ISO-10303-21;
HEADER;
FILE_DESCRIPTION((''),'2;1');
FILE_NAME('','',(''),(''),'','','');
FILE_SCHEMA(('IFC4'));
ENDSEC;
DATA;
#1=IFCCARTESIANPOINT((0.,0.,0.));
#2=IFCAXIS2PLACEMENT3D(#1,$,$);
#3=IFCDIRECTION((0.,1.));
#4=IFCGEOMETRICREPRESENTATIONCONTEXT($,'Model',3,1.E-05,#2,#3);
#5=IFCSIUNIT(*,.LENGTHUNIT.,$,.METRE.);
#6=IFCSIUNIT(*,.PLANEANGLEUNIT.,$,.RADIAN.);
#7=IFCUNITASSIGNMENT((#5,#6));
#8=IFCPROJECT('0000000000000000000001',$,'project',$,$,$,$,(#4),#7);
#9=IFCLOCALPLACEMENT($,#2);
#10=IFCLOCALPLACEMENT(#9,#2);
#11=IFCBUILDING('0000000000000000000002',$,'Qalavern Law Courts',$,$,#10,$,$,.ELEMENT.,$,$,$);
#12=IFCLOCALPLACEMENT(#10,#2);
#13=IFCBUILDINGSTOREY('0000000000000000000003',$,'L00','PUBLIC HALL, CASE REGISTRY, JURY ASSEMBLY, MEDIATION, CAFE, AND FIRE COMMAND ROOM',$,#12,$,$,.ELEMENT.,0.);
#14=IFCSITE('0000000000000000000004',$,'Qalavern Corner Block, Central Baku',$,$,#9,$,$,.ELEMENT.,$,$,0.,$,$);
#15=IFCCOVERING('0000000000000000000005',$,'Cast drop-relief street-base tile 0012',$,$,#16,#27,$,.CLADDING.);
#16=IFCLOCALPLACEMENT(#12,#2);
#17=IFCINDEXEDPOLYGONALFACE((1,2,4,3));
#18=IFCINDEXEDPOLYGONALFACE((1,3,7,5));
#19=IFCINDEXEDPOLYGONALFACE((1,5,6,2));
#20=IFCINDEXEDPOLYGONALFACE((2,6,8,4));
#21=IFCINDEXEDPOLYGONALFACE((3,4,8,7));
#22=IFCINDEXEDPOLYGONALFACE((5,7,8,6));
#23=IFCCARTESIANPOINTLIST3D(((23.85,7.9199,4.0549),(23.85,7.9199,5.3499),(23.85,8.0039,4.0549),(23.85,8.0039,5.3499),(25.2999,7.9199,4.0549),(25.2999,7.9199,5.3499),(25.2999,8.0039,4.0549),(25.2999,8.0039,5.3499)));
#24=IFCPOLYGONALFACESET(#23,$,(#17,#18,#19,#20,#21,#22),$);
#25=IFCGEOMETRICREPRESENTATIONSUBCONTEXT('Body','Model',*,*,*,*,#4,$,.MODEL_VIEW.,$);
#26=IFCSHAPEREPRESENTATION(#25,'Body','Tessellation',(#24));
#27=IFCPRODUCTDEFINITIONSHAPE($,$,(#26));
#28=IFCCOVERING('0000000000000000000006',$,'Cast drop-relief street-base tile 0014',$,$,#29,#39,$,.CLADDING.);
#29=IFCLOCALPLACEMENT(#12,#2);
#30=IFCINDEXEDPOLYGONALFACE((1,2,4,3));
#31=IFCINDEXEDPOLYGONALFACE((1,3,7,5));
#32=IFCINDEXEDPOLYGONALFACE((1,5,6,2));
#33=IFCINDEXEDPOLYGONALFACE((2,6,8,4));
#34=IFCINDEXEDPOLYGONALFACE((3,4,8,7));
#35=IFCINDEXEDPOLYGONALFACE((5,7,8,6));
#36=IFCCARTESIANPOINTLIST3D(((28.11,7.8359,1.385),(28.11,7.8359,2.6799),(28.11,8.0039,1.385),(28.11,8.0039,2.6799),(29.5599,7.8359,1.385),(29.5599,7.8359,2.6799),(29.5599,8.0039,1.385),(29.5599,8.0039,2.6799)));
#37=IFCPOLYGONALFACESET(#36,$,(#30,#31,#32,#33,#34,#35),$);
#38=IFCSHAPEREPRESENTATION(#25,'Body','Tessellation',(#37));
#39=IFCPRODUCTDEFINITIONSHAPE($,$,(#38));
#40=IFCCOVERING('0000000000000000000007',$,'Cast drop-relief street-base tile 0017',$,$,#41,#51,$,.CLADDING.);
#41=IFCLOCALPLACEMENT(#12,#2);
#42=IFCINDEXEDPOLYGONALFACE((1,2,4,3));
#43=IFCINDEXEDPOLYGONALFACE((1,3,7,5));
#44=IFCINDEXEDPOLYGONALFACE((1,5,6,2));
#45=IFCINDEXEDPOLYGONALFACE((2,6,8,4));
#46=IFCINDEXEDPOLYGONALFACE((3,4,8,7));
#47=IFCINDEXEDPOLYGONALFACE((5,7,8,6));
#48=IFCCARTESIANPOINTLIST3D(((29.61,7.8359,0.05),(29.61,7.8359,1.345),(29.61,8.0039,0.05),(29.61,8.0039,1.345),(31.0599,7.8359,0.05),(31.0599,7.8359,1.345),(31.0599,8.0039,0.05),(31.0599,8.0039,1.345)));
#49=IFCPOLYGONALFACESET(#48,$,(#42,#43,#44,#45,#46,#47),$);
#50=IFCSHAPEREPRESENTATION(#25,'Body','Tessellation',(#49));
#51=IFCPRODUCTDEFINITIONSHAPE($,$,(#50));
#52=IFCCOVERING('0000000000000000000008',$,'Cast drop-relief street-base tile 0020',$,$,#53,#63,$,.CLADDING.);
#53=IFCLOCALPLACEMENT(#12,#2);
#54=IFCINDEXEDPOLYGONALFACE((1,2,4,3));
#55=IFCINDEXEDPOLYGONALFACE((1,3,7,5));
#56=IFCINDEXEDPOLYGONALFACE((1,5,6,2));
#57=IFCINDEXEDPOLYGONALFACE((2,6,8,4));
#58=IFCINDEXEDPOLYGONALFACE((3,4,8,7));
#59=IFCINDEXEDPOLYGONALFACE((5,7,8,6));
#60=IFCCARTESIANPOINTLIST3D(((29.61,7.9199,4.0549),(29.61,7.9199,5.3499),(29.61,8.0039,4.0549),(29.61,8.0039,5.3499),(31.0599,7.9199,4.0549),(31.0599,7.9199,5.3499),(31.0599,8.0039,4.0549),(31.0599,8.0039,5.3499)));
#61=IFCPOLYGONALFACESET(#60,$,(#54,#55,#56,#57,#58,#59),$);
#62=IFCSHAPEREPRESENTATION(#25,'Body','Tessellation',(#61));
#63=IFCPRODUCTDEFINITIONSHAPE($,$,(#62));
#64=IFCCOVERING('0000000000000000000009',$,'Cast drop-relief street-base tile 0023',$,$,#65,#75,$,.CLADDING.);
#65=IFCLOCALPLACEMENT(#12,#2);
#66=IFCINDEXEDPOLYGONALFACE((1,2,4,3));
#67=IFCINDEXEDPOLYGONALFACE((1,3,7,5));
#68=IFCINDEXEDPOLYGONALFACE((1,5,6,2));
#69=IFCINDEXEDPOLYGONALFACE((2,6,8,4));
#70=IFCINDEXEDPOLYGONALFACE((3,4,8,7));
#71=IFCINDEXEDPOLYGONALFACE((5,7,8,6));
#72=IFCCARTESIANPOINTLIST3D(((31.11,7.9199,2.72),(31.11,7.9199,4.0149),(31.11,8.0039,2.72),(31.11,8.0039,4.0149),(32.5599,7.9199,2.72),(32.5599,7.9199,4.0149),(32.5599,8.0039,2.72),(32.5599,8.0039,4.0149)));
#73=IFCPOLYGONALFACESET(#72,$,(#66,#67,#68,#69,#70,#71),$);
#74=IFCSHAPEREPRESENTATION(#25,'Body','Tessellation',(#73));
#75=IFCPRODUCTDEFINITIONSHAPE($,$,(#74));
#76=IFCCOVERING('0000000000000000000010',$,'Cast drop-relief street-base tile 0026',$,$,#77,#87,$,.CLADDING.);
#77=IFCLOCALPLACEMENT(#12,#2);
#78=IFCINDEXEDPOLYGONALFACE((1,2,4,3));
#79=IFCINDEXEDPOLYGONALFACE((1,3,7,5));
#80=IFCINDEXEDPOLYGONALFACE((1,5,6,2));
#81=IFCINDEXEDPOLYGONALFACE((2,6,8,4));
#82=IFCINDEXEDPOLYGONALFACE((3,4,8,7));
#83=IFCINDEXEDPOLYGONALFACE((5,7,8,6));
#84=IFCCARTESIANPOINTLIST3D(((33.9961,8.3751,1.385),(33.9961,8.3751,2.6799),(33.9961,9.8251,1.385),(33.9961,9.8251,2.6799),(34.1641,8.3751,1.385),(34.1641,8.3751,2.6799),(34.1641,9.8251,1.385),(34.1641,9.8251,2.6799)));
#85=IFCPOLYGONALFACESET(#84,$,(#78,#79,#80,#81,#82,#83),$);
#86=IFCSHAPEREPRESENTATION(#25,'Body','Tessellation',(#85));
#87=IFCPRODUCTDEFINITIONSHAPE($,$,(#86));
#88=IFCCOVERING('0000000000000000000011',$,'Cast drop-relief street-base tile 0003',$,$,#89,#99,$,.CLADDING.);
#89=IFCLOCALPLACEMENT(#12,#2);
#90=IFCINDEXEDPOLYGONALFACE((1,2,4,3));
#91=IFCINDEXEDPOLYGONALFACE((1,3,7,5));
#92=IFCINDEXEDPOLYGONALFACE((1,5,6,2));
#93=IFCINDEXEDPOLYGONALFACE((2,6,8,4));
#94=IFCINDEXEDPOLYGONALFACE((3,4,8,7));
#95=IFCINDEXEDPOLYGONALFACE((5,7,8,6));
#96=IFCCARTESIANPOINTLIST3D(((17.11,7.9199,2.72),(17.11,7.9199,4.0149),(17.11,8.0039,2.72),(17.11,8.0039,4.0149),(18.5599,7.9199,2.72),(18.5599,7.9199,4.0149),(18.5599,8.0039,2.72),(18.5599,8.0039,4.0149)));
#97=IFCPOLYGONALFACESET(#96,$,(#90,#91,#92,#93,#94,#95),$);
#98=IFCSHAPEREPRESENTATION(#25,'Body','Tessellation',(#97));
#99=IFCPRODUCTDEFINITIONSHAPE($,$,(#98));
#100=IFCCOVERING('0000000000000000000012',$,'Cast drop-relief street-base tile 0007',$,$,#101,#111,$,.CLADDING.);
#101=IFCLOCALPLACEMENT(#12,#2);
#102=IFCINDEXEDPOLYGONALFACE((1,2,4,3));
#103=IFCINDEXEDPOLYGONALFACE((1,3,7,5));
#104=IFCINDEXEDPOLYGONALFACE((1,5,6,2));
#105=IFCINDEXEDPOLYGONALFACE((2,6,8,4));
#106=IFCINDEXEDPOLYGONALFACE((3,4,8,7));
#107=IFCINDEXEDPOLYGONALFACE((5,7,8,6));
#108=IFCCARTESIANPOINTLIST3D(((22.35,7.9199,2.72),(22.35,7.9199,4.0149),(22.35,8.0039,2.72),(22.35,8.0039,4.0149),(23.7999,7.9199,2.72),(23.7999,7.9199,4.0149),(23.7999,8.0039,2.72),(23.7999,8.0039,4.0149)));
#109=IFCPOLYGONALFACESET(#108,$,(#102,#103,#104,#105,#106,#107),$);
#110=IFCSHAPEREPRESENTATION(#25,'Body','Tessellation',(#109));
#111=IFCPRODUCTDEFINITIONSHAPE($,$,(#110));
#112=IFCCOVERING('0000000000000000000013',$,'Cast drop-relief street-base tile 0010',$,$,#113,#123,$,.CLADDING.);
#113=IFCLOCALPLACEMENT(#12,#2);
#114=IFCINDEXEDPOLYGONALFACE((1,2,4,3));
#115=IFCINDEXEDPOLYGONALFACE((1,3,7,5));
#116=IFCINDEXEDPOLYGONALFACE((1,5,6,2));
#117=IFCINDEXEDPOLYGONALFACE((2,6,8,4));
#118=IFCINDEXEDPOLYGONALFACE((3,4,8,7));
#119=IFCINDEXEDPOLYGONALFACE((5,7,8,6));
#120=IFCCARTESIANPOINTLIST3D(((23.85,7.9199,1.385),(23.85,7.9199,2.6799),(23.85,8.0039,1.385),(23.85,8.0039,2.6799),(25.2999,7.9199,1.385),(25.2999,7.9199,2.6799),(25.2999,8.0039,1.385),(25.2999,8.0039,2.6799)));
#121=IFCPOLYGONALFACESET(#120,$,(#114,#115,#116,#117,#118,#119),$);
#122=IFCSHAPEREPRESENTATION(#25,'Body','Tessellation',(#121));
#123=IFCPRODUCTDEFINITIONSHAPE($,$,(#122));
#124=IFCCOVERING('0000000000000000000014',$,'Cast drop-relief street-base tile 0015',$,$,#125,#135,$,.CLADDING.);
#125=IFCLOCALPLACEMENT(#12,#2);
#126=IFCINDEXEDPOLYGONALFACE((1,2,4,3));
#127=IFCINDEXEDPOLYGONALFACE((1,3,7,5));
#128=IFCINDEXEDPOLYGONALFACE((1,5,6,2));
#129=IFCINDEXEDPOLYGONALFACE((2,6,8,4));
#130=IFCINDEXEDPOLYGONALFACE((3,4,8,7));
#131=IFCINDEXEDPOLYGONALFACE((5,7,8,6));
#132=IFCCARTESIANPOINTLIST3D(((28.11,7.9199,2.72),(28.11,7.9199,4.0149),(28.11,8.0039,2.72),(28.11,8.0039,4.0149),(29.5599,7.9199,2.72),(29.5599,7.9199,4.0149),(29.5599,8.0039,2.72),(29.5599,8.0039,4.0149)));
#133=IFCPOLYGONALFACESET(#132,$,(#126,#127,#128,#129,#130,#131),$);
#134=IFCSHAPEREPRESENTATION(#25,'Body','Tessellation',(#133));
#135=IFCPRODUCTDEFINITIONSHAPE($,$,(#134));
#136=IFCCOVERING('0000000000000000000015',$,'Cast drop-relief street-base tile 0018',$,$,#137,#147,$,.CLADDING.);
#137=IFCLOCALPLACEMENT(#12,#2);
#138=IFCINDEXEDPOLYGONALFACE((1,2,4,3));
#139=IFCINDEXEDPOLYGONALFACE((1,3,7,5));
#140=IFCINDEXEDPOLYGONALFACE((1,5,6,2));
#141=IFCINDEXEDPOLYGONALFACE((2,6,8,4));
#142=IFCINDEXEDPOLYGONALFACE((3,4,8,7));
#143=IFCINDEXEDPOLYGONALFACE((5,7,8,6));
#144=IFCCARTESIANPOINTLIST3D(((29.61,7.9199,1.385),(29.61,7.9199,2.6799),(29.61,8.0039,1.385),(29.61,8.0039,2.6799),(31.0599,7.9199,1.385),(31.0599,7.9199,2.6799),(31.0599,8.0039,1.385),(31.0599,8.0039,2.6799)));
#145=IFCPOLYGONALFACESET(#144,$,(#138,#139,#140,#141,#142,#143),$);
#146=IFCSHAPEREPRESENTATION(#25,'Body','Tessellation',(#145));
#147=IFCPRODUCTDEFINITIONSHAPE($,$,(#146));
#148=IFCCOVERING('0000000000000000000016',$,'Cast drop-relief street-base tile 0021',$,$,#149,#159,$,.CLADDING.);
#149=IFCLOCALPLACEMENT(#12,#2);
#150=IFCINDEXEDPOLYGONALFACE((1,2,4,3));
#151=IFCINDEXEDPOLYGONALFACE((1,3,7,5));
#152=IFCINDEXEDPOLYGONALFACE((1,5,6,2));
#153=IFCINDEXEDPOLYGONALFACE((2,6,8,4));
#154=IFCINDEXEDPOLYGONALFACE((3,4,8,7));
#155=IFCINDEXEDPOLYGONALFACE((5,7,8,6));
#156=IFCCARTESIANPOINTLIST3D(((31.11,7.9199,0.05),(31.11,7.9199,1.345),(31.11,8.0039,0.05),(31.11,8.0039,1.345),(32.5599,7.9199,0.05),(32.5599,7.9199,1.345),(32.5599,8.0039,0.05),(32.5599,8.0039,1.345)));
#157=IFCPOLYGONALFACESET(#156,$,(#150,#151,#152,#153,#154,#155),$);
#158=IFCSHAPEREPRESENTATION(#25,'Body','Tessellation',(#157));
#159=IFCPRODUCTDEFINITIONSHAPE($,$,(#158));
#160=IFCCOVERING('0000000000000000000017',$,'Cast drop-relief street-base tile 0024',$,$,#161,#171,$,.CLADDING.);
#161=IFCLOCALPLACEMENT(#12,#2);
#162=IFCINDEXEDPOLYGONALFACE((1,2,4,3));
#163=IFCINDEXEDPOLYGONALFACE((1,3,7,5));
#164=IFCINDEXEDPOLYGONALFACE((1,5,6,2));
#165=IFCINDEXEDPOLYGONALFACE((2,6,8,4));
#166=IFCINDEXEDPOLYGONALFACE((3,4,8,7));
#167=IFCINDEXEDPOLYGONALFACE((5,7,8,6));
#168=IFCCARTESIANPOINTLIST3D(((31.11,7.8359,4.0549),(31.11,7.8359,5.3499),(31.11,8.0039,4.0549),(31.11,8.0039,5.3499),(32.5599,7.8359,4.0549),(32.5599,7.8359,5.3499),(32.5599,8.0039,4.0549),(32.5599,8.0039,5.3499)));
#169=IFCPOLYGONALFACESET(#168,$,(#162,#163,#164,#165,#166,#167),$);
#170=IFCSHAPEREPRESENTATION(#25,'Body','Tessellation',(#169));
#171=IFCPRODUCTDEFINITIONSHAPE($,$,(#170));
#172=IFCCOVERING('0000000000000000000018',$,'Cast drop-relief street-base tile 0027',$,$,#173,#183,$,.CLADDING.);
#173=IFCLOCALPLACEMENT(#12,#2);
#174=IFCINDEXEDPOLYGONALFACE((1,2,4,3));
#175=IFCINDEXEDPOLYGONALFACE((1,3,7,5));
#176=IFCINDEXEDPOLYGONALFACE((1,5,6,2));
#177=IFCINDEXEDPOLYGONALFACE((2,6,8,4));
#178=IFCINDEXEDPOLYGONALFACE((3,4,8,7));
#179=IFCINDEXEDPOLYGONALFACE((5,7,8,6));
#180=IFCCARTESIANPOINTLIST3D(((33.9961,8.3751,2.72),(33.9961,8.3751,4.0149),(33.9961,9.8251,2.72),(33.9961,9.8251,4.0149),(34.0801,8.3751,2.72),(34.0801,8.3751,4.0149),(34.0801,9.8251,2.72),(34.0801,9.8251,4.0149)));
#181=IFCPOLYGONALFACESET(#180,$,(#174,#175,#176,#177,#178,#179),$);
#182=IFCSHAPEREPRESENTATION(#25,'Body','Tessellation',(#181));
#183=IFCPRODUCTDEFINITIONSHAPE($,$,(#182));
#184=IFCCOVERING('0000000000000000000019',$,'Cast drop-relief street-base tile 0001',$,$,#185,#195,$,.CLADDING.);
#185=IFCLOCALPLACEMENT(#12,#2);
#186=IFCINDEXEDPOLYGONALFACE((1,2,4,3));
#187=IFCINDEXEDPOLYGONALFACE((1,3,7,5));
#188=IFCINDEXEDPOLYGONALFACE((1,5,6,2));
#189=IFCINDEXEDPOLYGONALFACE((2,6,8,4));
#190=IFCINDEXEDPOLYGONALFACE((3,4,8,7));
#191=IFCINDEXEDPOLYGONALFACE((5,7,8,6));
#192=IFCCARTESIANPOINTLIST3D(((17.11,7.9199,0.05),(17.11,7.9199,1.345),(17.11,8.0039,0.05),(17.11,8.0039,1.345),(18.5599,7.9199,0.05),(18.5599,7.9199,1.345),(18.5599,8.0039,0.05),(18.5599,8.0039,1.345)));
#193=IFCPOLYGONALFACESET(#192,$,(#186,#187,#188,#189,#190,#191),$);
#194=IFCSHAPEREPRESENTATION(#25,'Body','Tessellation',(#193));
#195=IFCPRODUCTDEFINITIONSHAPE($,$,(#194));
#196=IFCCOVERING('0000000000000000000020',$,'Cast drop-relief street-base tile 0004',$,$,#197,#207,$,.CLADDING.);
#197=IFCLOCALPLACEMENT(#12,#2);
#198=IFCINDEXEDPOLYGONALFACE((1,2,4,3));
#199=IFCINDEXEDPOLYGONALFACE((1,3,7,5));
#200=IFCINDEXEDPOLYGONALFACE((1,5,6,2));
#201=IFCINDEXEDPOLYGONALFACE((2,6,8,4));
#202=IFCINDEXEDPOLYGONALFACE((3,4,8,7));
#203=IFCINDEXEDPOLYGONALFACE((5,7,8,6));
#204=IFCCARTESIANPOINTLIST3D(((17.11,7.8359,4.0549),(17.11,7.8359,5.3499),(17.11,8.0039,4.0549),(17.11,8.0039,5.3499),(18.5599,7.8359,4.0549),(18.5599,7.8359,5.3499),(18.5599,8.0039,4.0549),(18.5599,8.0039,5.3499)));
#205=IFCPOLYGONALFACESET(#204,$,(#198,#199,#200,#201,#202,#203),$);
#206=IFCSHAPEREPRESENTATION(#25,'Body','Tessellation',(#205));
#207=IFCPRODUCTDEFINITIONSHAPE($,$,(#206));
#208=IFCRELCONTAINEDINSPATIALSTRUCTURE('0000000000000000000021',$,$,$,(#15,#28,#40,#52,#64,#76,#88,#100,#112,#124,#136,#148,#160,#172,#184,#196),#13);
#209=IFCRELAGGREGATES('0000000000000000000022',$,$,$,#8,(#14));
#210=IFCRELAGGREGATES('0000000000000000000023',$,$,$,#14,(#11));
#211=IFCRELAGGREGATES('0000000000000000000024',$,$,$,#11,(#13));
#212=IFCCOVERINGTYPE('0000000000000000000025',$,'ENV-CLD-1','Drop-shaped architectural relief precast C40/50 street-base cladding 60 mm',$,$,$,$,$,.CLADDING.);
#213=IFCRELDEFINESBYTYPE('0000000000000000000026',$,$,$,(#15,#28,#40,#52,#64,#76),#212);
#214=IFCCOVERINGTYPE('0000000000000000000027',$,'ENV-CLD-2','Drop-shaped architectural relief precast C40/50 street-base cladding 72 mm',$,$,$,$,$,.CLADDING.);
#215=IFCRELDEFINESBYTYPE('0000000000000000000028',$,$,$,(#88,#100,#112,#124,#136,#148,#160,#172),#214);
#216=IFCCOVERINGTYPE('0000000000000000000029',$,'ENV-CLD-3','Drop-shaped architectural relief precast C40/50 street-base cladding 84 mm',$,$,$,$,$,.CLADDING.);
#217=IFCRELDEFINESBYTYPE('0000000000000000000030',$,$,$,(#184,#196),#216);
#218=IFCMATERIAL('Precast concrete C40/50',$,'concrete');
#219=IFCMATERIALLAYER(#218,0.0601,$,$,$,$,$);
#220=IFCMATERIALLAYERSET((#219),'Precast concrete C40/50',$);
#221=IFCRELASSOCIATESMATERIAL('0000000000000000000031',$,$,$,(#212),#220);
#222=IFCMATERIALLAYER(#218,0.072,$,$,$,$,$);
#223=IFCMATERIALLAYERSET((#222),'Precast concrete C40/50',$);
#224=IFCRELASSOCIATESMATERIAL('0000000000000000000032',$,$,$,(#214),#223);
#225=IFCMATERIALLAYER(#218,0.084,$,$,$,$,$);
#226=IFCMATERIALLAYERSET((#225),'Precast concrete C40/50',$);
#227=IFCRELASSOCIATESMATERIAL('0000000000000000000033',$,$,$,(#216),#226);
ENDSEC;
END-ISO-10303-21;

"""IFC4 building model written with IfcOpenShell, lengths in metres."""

from ifc_helpers import new_model, si_unit, direction, frame, origin, origin_2d, place, context, subcontext, project, spatial, rectangle, extrude, material, layer, layer_set, type_object, element, save


model = new_model("IFC4")

# Units and contexts
model_context = context("Model", 3, precision=1e-05, world=origin(), true_north=direction((0.0, 1.0)))
body_context = subcontext(model_context, "Body", "Model", "MODEL_VIEW")
ifc_project = project(units=[si_unit("LENGTHUNIT", "METRE"), si_unit("PLANEANGLEUNIT", "RADIAN")], contexts=[model_context])

# Site, building, storey
site_placement = place(None, origin())
site = spatial("IfcSite", under=ifc_project, at=site_placement, Name="Qalavern Corner Block, Central Baku", CompositionType="ELEMENT", RefElevation=0.0)
building_placement = place(site_placement, origin())
building = spatial("IfcBuilding", under=site, at=building_placement, Name="Qalavern Law Courts", CompositionType="ELEMENT")
storey_placement = place(building_placement, origin())
storey = spatial("IfcBuildingStorey", under=building, at=storey_placement, Name="L00", Description="PUBLIC HALL, CASE REGISTRY, JURY ASSEMBLY, MEDIATION, CAFE, AND FIRE COMMAND ROOM", CompositionType="ELEMENT", Elevation=0.0)

# Coverings
ifc_material_1 = material(Name="Precast concrete C40/50", Category="concrete")
ifc_layer_1 = layer(ifc_material_1, 0.0601)
ifc_layer_set_1 = layer_set([ifc_layer_1], Name="Precast concrete C40/50")
covering_type_1 = type_object("IfcCoveringType", Name="ENV-CLD-1", Description="Drop-shaped architectural relief precast C40/50 street-base cladding 60 mm", PredefinedType="CLADDING", material=ifc_layer_set_1)
covering_1_placement = place(storey_placement, frame((24.575, 7.9619, 4.0549), z_axis=(0.0, 0.0, 1.0), x_axis=(1.0, 0.0, 0.0)))
element("IfcCovering", 1, at=covering_1_placement, inside=storey, type_object=covering_type_1, Name="Cast drop-relief street-base tile 0012", PredefinedType="CLADDING", context=body_context, shape_type="SweptSolid", body=[
    extrude(rectangle(XDim=1.45, YDim=0.084, at=origin_2d()), origin(), (0.0, 0.0, 1.0), 1.2949),
])
for number, where, z_axis, x_axis, name in (
    (2, (28.835, 7.9199, 1.385), (0.0, 0.0, 1.0), (1.0, 0.0, 0.0), "Cast drop-relief street-base tile 0014"),
    (3, (30.335, 7.9199, 0.05), (0.0, 0.0, 1.0), (1.0, 0.0, 0.0), "Cast drop-relief street-base tile 0017"),
):
    element("IfcCovering", number, at=place(storey_placement, frame(where, z_axis=z_axis, x_axis=x_axis)), inside=storey, type_object=covering_type_1, Name=name, PredefinedType="CLADDING", context=body_context, shape_type="SweptSolid", body=[
        extrude(rectangle(XDim=1.45, YDim=0.168, at=origin_2d()), origin(), (0.0, 0.0, 1.0), 1.2949),
    ])
for number, where, z_axis, x_axis, name in (
    (4, (30.335, 7.9619, 4.0549), (0.0, 0.0, 1.0), (1.0, 0.0, 0.0), "Cast drop-relief street-base tile 0020"),
    (5, (31.835, 7.9619, 2.72), (0.0, 0.0, 1.0), (1.0, 0.0, 0.0), "Cast drop-relief street-base tile 0023"),
):
    element("IfcCovering", number, at=place(storey_placement, frame(where, z_axis=z_axis, x_axis=x_axis)), inside=storey, type_object=covering_type_1, Name=name, PredefinedType="CLADDING", context=body_context, shape_type="SweptSolid", body=[
        extrude(rectangle(XDim=1.45, YDim=0.084, at=origin_2d()), origin(), (0.0, 0.0, 1.0), 1.2949),
    ])
covering_2_placement = place(storey_placement, frame((34.0801, 9.1001, 1.385), z_axis=(0.0, 0.0, 1.0), x_axis=(0.0, 1.0, 0.0)))
element("IfcCovering", 6, at=covering_2_placement, inside=storey, type_object=covering_type_1, Name="Cast drop-relief street-base tile 0026", PredefinedType="CLADDING", context=body_context, shape_type="SweptSolid", body=[
    extrude(rectangle(XDim=1.45, YDim=0.168, at=origin_2d()), origin(), (0.0, 0.0, 1.0), 1.2949),
])
ifc_layer_2 = layer(ifc_material_1, 0.072)
ifc_layer_set_2 = layer_set([ifc_layer_2], Name="Precast concrete C40/50")
covering_type_2 = type_object("IfcCoveringType", Name="ENV-CLD-2", Description="Drop-shaped architectural relief precast C40/50 street-base cladding 72 mm", PredefinedType="CLADDING", material=ifc_layer_set_2)
for number, where, z_axis, x_axis, name in (
    (7, (17.835, 7.9619, 2.72), (0.0, 0.0, 1.0), (1.0, 0.0, 0.0), "Cast drop-relief street-base tile 0003"),
    (8, (23.075, 7.9619, 2.72), (0.0, 0.0, 1.0), (1.0, 0.0, 0.0), "Cast drop-relief street-base tile 0007"),
    (9, (24.575, 7.9619, 1.385), (0.0, 0.0, 1.0), (1.0, 0.0, 0.0), "Cast drop-relief street-base tile 0010"),
    (10, (28.835, 7.9619, 2.72), (0.0, 0.0, 1.0), (1.0, 0.0, 0.0), "Cast drop-relief street-base tile 0015"),
    (11, (30.335, 7.9619, 1.385), (0.0, 0.0, 1.0), (1.0, 0.0, 0.0), "Cast drop-relief street-base tile 0018"),
    (12, (31.835, 7.9619, 0.05), (0.0, 0.0, 1.0), (1.0, 0.0, 0.0), "Cast drop-relief street-base tile 0021"),
):
    element("IfcCovering", number, at=place(storey_placement, frame(where, z_axis=z_axis, x_axis=x_axis)), inside=storey, type_object=covering_type_2, Name=name, PredefinedType="CLADDING", context=body_context, shape_type="SweptSolid", body=[
        extrude(rectangle(XDim=1.45, YDim=0.084, at=origin_2d()), origin(), (0.0, 0.0, 1.0), 1.2949),
    ])
covering_3_placement = place(storey_placement, frame((31.835, 7.9199, 4.0549), z_axis=(0.0, 0.0, 1.0), x_axis=(1.0, 0.0, 0.0)))
element("IfcCovering", 13, at=covering_3_placement, inside=storey, type_object=covering_type_2, Name="Cast drop-relief street-base tile 0024", PredefinedType="CLADDING", context=body_context, shape_type="SweptSolid", body=[
    extrude(rectangle(XDim=1.45, YDim=0.168, at=origin_2d()), origin(), (0.0, 0.0, 1.0), 1.2949),
])
covering_4_placement = place(storey_placement, frame((34.0381, 9.1001, 2.72), z_axis=(0.0, 0.0, 1.0), x_axis=(0.0, 1.0, 0.0)))
element("IfcCovering", 14, at=covering_4_placement, inside=storey, type_object=covering_type_2, Name="Cast drop-relief street-base tile 0027", PredefinedType="CLADDING", context=body_context, shape_type="SweptSolid", body=[
    extrude(rectangle(XDim=1.45, YDim=0.084, at=origin_2d()), origin(), (0.0, 0.0, 1.0), 1.2949),
])
ifc_layer_3 = layer(ifc_material_1, 0.084)
ifc_layer_set_3 = layer_set([ifc_layer_3], Name="Precast concrete C40/50")
covering_type_3 = type_object("IfcCoveringType", Name="ENV-CLD-3", Description="Drop-shaped architectural relief precast C40/50 street-base cladding 84 mm", PredefinedType="CLADDING", material=ifc_layer_set_3)
covering_5_placement = place(storey_placement, frame((17.835, 7.9619, 0.05), z_axis=(0.0, 0.0, 1.0), x_axis=(1.0, 0.0, 0.0)))
element("IfcCovering", 15, at=covering_5_placement, inside=storey, type_object=covering_type_3, Name="Cast drop-relief street-base tile 0001", PredefinedType="CLADDING", context=body_context, shape_type="SweptSolid", body=[
    extrude(rectangle(XDim=1.45, YDim=0.084, at=origin_2d()), origin(), (0.0, 0.0, 1.0), 1.2949),
])
covering_6_placement = place(storey_placement, frame((17.835, 7.9199, 4.0549), z_axis=(0.0, 0.0, 1.0), x_axis=(1.0, 0.0, 0.0)))
element("IfcCovering", 16, at=covering_6_placement, inside=storey, type_object=covering_type_3, Name="Cast drop-relief street-base tile 0004", PredefinedType="CLADDING", context=body_context, shape_type="SweptSolid", body=[
    extrude(rectangle(XDim=1.45, YDim=0.168, at=origin_2d()), origin(), (0.0, 0.0, 1.0), 1.2949),
])

save(model, "model.ifc")
